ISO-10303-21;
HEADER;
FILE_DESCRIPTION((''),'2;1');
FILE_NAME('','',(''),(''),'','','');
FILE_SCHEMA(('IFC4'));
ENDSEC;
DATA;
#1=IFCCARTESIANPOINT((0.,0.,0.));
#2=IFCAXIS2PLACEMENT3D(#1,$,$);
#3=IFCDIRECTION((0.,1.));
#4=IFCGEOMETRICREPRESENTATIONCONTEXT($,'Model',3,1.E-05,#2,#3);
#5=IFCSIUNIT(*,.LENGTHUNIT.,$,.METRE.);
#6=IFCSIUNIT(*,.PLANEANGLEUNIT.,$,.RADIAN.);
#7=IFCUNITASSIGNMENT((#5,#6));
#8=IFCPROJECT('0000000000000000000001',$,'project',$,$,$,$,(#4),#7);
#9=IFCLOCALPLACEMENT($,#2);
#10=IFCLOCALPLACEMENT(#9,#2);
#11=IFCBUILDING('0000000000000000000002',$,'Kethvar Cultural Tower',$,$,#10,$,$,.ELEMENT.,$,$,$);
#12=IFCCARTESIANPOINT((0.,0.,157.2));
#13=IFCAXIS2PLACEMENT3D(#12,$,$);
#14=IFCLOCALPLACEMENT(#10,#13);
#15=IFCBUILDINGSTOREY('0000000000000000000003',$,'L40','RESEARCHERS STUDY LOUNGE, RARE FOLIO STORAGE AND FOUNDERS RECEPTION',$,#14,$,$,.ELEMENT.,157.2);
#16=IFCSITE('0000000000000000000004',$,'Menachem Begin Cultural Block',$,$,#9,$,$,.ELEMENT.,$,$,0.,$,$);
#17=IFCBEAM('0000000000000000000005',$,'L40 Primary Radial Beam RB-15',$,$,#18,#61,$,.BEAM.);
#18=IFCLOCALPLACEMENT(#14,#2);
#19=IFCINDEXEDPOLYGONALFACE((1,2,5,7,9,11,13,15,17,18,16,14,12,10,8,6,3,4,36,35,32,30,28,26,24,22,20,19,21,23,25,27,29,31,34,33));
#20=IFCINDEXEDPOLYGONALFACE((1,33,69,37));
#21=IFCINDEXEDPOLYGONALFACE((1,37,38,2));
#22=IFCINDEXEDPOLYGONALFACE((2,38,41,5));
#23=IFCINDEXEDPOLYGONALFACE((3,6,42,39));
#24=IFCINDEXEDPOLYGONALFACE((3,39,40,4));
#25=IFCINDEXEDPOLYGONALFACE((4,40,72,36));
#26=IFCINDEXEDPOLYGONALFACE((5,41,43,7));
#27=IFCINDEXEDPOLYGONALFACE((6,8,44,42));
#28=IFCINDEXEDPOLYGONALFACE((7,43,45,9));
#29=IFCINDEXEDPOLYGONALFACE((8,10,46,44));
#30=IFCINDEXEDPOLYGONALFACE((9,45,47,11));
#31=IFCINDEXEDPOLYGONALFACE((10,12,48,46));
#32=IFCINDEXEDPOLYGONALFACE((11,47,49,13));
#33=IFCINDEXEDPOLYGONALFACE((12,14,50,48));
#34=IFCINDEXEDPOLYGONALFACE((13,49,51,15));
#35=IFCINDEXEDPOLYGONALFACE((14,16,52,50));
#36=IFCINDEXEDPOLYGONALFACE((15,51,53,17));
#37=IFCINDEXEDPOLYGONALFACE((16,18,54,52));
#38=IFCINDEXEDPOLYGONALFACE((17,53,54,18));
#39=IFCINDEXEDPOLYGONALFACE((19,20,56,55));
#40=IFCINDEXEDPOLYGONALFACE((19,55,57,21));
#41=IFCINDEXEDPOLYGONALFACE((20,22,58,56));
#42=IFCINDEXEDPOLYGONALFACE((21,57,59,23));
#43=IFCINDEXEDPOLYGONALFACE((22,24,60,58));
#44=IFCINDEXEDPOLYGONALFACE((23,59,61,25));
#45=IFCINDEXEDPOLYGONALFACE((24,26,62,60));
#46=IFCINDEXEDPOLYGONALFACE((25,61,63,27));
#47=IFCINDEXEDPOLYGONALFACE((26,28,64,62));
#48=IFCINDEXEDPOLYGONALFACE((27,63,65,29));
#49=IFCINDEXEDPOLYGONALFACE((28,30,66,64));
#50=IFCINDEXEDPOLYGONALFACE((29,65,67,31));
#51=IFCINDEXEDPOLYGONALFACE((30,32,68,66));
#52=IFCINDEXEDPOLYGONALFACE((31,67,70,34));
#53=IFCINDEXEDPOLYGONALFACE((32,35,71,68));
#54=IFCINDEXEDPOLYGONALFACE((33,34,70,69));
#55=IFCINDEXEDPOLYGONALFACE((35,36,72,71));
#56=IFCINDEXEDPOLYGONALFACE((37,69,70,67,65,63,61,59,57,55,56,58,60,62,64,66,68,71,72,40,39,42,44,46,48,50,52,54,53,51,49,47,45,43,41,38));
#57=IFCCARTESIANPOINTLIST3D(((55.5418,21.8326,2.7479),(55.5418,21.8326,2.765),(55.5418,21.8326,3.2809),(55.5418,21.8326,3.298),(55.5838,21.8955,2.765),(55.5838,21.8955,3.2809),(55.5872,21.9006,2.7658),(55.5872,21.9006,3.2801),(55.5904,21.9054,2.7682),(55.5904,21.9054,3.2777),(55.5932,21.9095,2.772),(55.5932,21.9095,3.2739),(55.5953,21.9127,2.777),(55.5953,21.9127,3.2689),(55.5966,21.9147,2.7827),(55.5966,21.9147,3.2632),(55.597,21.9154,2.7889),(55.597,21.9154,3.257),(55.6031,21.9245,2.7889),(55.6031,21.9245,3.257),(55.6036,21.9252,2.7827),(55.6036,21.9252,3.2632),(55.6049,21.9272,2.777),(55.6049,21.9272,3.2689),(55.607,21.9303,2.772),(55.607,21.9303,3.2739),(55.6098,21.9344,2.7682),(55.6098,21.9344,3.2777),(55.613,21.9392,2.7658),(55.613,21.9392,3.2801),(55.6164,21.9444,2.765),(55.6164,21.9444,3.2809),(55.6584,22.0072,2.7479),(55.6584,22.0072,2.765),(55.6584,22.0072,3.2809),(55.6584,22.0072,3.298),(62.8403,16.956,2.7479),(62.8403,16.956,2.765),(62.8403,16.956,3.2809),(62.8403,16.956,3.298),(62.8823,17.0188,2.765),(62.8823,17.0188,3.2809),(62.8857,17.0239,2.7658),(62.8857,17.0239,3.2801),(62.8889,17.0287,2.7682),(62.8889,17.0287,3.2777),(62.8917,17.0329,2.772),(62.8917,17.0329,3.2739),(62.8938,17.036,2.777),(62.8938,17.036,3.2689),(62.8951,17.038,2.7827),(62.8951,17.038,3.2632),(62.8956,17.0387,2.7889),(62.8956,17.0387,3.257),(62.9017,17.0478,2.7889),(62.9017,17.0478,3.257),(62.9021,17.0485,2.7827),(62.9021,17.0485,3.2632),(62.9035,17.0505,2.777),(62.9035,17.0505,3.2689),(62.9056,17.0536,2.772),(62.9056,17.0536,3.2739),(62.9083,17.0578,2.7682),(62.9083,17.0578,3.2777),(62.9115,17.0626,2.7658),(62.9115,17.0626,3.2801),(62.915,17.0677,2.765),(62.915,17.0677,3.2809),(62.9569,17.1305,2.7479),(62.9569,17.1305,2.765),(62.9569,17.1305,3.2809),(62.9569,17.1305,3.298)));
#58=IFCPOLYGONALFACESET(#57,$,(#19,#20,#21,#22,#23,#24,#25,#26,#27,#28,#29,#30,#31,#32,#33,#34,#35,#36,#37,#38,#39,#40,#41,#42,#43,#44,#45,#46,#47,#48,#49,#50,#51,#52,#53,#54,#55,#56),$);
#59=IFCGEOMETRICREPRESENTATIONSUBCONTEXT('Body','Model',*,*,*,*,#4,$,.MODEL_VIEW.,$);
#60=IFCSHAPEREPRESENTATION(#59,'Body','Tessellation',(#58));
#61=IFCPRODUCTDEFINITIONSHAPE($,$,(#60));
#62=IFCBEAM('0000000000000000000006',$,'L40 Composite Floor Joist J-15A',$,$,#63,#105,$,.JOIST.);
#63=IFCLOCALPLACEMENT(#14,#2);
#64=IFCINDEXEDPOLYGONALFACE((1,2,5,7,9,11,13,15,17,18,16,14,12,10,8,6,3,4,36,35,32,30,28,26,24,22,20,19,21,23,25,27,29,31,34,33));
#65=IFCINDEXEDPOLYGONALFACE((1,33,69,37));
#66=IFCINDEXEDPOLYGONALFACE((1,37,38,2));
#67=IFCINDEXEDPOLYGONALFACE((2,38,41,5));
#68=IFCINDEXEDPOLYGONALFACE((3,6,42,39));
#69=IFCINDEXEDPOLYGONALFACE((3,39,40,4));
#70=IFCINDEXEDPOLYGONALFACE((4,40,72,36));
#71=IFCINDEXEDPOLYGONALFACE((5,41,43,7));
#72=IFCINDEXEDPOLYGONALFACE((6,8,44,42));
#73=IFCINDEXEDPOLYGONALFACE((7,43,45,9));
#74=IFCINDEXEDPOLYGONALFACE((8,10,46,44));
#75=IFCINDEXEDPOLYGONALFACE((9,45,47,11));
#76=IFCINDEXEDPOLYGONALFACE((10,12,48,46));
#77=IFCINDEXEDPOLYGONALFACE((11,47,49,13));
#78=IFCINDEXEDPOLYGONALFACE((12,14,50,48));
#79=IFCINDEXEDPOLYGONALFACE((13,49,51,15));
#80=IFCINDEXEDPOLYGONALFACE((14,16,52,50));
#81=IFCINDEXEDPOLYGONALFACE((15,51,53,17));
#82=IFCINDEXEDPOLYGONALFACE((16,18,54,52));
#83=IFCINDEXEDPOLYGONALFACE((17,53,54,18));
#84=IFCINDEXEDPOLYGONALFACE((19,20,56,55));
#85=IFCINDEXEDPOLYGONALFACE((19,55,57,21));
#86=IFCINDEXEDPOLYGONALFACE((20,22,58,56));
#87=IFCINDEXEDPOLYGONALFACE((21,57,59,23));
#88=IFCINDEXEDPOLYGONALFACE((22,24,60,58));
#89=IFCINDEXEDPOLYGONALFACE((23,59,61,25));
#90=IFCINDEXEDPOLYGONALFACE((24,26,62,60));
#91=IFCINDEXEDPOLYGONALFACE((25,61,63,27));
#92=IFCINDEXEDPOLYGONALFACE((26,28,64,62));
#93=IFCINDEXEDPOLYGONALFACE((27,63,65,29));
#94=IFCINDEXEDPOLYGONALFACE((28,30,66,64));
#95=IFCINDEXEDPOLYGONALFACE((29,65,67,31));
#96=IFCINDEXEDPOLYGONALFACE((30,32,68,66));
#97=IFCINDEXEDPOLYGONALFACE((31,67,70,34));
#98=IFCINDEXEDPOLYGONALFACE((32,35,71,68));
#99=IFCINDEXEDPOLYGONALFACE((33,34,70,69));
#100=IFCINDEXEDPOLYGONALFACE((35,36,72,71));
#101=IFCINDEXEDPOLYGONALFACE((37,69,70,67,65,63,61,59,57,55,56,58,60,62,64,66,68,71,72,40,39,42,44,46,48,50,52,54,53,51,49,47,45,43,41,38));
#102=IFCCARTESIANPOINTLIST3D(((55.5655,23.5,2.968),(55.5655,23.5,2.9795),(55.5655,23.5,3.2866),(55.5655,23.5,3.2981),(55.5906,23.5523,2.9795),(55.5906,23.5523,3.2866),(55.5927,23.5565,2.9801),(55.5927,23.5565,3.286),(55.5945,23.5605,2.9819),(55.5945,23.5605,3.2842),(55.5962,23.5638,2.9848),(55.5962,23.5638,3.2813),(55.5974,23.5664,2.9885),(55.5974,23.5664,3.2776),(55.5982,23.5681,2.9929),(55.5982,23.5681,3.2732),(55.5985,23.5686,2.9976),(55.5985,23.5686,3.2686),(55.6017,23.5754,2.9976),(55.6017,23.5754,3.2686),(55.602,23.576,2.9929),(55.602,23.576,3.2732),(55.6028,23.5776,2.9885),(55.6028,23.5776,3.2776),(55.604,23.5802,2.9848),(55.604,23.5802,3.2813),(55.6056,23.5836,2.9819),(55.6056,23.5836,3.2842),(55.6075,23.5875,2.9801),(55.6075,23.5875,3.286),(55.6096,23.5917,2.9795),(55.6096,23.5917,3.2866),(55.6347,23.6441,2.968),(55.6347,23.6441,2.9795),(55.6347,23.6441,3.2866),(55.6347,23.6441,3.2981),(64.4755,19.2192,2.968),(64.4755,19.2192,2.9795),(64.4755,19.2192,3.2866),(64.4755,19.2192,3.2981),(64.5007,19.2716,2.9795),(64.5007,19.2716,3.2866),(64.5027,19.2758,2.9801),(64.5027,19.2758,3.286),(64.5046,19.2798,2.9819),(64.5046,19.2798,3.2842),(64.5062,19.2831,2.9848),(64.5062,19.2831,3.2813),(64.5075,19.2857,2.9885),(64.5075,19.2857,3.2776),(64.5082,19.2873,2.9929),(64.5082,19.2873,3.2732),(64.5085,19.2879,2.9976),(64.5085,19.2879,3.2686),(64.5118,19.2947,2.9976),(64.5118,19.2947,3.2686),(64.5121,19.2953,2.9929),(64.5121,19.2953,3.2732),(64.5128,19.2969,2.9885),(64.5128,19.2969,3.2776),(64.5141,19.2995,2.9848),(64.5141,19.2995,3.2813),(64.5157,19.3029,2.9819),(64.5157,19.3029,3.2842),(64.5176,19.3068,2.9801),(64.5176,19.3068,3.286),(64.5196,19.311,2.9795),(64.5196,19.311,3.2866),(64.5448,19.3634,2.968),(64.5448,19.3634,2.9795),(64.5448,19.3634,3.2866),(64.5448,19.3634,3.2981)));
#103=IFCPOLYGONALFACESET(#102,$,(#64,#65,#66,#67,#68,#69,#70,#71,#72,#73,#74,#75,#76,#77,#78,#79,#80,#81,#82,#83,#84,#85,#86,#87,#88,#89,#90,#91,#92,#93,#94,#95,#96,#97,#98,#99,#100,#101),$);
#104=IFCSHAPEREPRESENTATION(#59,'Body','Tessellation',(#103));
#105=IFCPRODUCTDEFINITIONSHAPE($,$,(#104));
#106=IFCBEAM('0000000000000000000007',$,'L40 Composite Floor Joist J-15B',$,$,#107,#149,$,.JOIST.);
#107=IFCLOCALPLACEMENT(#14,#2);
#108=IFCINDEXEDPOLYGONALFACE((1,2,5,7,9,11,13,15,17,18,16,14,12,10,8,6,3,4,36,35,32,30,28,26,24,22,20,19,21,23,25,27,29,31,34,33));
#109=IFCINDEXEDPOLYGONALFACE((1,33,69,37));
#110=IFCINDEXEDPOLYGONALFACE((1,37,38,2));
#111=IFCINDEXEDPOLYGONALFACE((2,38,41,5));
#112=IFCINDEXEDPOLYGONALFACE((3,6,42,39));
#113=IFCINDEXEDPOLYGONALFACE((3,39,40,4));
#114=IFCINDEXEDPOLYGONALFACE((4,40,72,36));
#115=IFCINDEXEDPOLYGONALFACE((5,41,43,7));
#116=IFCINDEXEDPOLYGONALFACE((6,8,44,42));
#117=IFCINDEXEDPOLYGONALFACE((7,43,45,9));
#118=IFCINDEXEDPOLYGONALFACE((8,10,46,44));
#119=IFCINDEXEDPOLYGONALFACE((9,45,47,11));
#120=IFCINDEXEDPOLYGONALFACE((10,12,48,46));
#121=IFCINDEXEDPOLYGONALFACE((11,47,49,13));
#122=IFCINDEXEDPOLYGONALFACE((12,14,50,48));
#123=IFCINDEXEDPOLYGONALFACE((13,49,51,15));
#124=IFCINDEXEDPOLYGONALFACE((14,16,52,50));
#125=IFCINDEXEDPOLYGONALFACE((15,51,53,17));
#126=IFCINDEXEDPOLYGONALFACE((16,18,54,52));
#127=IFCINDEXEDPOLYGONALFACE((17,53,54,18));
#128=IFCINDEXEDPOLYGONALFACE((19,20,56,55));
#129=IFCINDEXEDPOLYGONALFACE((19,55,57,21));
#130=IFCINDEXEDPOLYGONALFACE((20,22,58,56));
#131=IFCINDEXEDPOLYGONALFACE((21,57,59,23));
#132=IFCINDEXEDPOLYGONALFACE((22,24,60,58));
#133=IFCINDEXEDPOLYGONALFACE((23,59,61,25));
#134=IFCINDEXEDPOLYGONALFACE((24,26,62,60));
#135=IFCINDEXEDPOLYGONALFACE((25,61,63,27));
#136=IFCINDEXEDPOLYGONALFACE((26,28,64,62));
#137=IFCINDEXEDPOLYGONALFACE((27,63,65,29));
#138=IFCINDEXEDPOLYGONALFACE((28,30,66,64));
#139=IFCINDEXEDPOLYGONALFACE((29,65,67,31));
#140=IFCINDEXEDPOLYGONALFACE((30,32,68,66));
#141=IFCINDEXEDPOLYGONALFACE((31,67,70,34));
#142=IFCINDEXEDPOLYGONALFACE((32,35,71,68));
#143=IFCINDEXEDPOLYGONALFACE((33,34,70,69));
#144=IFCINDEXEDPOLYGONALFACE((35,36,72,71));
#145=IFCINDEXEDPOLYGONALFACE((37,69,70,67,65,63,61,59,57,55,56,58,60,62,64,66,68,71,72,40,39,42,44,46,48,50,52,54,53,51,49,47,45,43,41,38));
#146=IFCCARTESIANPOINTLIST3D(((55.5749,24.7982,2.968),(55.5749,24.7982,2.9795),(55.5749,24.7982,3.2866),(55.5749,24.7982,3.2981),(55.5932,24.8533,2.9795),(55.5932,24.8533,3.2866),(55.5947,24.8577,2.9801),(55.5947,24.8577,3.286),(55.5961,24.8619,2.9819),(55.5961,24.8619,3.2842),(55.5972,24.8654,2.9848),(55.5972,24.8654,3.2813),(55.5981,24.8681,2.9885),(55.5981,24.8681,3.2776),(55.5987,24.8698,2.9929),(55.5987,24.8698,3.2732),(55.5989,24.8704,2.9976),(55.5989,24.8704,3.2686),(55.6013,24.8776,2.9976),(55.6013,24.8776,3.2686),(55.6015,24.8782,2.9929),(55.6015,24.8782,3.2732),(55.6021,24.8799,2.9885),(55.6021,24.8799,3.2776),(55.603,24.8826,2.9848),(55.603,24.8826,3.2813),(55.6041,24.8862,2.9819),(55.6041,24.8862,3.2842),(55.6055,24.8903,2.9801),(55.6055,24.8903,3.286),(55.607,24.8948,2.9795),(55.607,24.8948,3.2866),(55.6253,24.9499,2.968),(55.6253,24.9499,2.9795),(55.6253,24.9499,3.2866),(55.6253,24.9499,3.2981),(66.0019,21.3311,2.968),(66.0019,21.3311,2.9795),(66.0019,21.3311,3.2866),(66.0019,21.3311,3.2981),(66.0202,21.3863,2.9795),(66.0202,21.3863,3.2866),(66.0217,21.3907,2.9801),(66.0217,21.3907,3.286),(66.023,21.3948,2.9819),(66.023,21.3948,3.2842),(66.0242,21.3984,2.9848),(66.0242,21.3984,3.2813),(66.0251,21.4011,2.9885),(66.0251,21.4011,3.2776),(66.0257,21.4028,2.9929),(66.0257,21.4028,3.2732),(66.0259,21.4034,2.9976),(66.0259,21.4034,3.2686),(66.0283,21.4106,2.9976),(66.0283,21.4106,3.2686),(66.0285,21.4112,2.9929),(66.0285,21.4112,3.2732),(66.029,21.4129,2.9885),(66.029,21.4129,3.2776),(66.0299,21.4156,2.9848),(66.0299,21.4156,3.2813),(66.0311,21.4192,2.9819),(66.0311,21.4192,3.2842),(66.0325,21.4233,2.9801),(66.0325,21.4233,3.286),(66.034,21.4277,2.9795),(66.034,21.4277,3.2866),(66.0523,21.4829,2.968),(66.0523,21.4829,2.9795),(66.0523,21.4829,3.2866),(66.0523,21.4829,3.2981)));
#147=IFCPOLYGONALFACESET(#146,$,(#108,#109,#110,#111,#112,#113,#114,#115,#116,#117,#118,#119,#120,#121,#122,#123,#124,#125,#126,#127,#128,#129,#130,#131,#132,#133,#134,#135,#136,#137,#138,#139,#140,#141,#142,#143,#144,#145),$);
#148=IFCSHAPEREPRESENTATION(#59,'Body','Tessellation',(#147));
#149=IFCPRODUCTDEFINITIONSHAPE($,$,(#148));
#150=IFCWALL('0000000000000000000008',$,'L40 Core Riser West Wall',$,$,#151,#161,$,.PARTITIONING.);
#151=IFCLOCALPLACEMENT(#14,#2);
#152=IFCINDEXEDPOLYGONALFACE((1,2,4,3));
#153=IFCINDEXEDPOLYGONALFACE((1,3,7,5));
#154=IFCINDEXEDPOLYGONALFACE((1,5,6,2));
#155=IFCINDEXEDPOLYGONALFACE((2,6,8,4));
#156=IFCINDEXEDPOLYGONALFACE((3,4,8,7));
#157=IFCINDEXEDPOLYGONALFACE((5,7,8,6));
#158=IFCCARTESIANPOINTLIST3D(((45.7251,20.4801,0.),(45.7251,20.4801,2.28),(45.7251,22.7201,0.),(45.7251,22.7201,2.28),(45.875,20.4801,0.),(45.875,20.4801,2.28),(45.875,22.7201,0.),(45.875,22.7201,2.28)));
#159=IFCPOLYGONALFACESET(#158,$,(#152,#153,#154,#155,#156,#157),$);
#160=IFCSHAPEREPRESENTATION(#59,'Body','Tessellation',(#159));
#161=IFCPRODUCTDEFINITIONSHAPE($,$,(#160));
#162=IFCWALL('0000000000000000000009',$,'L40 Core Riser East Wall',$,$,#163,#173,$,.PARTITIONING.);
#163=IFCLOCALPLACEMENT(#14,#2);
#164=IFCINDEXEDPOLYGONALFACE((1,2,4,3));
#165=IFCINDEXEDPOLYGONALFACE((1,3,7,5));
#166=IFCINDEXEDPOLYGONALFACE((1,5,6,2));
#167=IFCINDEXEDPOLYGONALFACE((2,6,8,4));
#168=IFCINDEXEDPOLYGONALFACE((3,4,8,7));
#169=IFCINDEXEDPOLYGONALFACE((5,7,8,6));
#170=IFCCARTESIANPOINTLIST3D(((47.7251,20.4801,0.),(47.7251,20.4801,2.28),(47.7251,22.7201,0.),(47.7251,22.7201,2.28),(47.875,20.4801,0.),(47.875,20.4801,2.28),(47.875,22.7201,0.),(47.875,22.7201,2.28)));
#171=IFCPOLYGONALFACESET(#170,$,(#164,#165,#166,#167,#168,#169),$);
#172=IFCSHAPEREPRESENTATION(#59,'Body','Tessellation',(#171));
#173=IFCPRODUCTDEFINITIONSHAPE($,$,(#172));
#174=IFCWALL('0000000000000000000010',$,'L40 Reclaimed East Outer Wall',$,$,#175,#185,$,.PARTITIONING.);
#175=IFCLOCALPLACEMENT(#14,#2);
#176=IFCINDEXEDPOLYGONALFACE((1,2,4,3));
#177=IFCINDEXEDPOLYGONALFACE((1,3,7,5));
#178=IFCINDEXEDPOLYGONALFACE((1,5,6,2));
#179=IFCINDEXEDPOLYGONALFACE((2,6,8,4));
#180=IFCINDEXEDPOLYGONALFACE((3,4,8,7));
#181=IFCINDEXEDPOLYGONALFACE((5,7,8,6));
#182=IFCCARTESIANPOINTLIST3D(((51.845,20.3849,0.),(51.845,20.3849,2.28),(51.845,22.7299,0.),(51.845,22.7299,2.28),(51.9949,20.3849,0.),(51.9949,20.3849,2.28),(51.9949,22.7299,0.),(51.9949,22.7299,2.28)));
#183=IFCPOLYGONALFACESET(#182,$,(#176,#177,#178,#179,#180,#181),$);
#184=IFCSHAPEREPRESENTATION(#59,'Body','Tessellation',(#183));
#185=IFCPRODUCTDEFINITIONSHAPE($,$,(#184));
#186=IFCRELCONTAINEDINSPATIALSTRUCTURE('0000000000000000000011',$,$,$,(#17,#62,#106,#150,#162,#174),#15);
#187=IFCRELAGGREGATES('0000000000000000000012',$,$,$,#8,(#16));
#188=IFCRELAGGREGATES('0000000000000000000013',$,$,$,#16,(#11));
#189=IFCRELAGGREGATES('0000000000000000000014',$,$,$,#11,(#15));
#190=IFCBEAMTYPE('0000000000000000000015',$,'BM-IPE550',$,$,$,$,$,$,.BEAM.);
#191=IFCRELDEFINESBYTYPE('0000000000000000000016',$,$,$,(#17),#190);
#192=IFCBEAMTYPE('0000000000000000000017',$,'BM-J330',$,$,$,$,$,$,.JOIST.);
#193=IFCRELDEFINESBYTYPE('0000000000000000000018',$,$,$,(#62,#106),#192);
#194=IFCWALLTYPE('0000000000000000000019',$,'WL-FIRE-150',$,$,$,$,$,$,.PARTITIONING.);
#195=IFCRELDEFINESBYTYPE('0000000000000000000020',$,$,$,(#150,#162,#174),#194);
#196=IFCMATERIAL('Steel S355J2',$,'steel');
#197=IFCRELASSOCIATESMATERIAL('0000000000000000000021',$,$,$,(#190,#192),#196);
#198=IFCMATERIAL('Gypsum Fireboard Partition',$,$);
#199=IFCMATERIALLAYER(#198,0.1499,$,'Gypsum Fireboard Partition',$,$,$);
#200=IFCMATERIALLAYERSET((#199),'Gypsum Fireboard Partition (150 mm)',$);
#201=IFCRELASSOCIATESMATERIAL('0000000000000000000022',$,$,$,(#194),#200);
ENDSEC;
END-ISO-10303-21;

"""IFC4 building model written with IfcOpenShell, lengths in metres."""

from ifc_helpers import new_model, si_unit, direction, frame, frame_2d, origin, origin_2d, place, context, subcontext, project, spatial, rectangle, i_section, extrude, source, transform, mapped, material, layer, layer_set, material_profile, profile_set, type_object, element, save


model = new_model("IFC4")

# Units and contexts
model_context = context("Model", 3, precision=1e-05, world=origin(), true_north=direction((0.0, 1.0)))
body_context = subcontext(model_context, "Body", "Model", "MODEL_VIEW")
ifc_project = project(units=[si_unit("LENGTHUNIT", "METRE"), si_unit("PLANEANGLEUNIT", "RADIAN")], contexts=[model_context])

# Site, building, storey
site_placement = place(None, origin())
site = spatial("IfcSite", under=ifc_project, at=site_placement, Name="Menachem Begin Cultural Block", CompositionType="ELEMENT", RefElevation=0.0)
building_placement = place(site_placement, origin())
building = spatial("IfcBuilding", under=site, at=building_placement, Name="Kethvar Cultural Tower", CompositionType="ELEMENT")
storey_placement = place(building_placement, frame((0.0, 0.0, 157.2)))
storey = spatial("IfcBuildingStorey", under=building, at=storey_placement, Name="L40", Description="RESEARCHERS STUDY LOUNGE, RARE FOLIO STORAGE AND FOUNDERS RECEPTION", CompositionType="ELEMENT", Elevation=157.2)

# Beams
ifc_material_1 = material(Name="Steel S355J2", Category="steel")
ifc_material_profile_1 = material_profile(ifc_material_1, i_section(OverallWidth=0.21, OverallDepth=0.55, WebThickness=0.011, FlangeThickness=0.0171, FilletRadius=0.0239, at=origin_2d()), Name="Steel S355J2 — IPE550")
ifc_profile_set_1 = profile_set([ifc_material_profile_1], Name="Steel S355J2 — IPE550")
beam_type_1 = type_object("IfcBeamType", Name="BM-IPE550", PredefinedType="BEAM", material=ifc_profile_set_1)
shared_shape_1 = source(origin(), body_context, "Body", "SweptSolid", [
    extrude(i_section(OverallWidth=0.21, OverallDepth=0.55, WebThickness=0.011, FlangeThickness=0.0171, FilletRadius=0.0239, at=origin_2d()), origin(), (0.0, 0.0, 1.0), 8.7778),
])
beam_1_placement = place(storey_placement, frame((55.6001, 21.9199, 3.0229), z_axis=(0.831472, -0.555566, 0.0), x_axis=(0.555566, 0.831472, 0.0)))
element("IfcBeam", 1, at=beam_1_placement, inside=storey, type_object=beam_type_1, Name="L40 Primary Radial Beam RB-15", PredefinedType="BEAM", context=body_context, shape_type="MappedRepresentation", body=[
    mapped(shared_shape_1, transform((0.0, 0.0, 0.0), scale=1.0)),
])
ifc_material_profile_2 = material_profile(ifc_material_1, i_section(OverallWidth=0.1599, OverallDepth=0.3301, WebThickness=0.0076, FlangeThickness=0.0115, FilletRadius=0.0181, at=origin_2d()), Name="Steel S355J2 — IPE330")
ifc_profile_set_2 = profile_set([ifc_material_profile_2], Name="Steel S355J2 — IPE330")
beam_type_2 = type_object("IfcBeamType", Name="BM-J330", PredefinedType="JOIST", material=ifc_profile_set_2)
shared_shape_2 = source(origin(), body_context, "Body", "SweptSolid", [
    extrude(i_section(OverallWidth=0.1599, OverallDepth=0.3301, WebThickness=0.0076, FlangeThickness=0.0115, FilletRadius=0.0181, at=origin_2d()), origin(), (0.0, 0.0, 1.0), 9.885),
])
beam_2_placement = place(storey_placement, frame((55.6001, 23.572, 3.1331), z_axis=(0.90137, -0.433051, 0.0), x_axis=(0.433051, 0.90137, 0.0)))
element("IfcBeam", 2, at=beam_2_placement, inside=storey, type_object=beam_type_2, Name="L40 Composite Floor Joist J-15A", PredefinedType="JOIST", context=body_context, shape_type="MappedRepresentation", body=[
    mapped(shared_shape_2, transform((0.0, 0.0, 0.0), scale=1.0)),
])
shared_shape_3 = source(origin(), body_context, "Body", "SweptSolid", [
    extrude(i_section(OverallWidth=0.1599, OverallDepth=0.3301, WebThickness=0.0076, FlangeThickness=0.0115, FilletRadius=0.0181, at=origin_2d()), origin(), (0.0, 0.0, 1.0), 10.9883),
])
beam_3_placement = place(storey_placement, frame((55.6001, 24.874, 3.1331), z_axis=(0.948919, -0.315521, 0.0), x_axis=(0.315521, 0.948919, 0.0)))
element("IfcBeam", 3, at=beam_3_placement, inside=storey, type_object=beam_type_2, Name="L40 Composite Floor Joist J-15B", PredefinedType="JOIST", context=body_context, shape_type="MappedRepresentation", body=[
    mapped(shared_shape_3, transform((0.0, 0.0, 0.0), scale=1.0)),
])

# Walls
ifc_material_2 = material(Name="Gypsum Fireboard Partition")
ifc_layer_1 = layer(ifc_material_2, 0.1499, Name="Gypsum Fireboard Partition")
ifc_layer_set_1 = layer_set([ifc_layer_1], Name="Gypsum Fireboard Partition (150 mm)")
wall_type_1 = type_object("IfcWallType", Name="WL-FIRE-150", PredefinedType="PARTITIONING", material=ifc_layer_set_1)
for number, where, z_axis, x_axis, name in (
    (4, (45.8, 20.48, 0.0), (0.0, 0.0, 1.0), (0.0, 1.0, 0.0), "L40 Core Riser West Wall"),
    (5, (47.8, 20.48, 0.0), (0.0, 0.0, 1.0), (0.0, 1.0, 0.0), "L40 Core Riser East Wall"),
):
    element("IfcWall", number, at=place(storey_placement, frame(where, z_axis=z_axis, x_axis=x_axis)), inside=storey, type_object=wall_type_1, Name=name, PredefinedType="PARTITIONING", context=body_context, shape_type="SweptSolid", body=[
        extrude(rectangle(XDim=2.24, YDim=0.1499, at=frame_2d((1.1201, 0.0))), origin(), (0.0, 0.0, 1.0), 2.28),
    ])
wall_1_placement = place(storey_placement, frame((51.9199, 20.385, 0.0), z_axis=(0.0, 0.0, 1.0), x_axis=(0.0, 1.0, 0.0)))
element("IfcWall", 6, at=wall_1_placement, inside=storey, type_object=wall_type_1, Name="L40 Reclaimed East Outer Wall", PredefinedType="PARTITIONING", context=body_context, shape_type="SweptSolid", body=[
    extrude(rectangle(XDim=2.345, YDim=0.1499, at=frame_2d((1.1724, 0.0))), origin(), (0.0, 0.0, 1.0), 2.28),
])

save(model, "model.ifc")
